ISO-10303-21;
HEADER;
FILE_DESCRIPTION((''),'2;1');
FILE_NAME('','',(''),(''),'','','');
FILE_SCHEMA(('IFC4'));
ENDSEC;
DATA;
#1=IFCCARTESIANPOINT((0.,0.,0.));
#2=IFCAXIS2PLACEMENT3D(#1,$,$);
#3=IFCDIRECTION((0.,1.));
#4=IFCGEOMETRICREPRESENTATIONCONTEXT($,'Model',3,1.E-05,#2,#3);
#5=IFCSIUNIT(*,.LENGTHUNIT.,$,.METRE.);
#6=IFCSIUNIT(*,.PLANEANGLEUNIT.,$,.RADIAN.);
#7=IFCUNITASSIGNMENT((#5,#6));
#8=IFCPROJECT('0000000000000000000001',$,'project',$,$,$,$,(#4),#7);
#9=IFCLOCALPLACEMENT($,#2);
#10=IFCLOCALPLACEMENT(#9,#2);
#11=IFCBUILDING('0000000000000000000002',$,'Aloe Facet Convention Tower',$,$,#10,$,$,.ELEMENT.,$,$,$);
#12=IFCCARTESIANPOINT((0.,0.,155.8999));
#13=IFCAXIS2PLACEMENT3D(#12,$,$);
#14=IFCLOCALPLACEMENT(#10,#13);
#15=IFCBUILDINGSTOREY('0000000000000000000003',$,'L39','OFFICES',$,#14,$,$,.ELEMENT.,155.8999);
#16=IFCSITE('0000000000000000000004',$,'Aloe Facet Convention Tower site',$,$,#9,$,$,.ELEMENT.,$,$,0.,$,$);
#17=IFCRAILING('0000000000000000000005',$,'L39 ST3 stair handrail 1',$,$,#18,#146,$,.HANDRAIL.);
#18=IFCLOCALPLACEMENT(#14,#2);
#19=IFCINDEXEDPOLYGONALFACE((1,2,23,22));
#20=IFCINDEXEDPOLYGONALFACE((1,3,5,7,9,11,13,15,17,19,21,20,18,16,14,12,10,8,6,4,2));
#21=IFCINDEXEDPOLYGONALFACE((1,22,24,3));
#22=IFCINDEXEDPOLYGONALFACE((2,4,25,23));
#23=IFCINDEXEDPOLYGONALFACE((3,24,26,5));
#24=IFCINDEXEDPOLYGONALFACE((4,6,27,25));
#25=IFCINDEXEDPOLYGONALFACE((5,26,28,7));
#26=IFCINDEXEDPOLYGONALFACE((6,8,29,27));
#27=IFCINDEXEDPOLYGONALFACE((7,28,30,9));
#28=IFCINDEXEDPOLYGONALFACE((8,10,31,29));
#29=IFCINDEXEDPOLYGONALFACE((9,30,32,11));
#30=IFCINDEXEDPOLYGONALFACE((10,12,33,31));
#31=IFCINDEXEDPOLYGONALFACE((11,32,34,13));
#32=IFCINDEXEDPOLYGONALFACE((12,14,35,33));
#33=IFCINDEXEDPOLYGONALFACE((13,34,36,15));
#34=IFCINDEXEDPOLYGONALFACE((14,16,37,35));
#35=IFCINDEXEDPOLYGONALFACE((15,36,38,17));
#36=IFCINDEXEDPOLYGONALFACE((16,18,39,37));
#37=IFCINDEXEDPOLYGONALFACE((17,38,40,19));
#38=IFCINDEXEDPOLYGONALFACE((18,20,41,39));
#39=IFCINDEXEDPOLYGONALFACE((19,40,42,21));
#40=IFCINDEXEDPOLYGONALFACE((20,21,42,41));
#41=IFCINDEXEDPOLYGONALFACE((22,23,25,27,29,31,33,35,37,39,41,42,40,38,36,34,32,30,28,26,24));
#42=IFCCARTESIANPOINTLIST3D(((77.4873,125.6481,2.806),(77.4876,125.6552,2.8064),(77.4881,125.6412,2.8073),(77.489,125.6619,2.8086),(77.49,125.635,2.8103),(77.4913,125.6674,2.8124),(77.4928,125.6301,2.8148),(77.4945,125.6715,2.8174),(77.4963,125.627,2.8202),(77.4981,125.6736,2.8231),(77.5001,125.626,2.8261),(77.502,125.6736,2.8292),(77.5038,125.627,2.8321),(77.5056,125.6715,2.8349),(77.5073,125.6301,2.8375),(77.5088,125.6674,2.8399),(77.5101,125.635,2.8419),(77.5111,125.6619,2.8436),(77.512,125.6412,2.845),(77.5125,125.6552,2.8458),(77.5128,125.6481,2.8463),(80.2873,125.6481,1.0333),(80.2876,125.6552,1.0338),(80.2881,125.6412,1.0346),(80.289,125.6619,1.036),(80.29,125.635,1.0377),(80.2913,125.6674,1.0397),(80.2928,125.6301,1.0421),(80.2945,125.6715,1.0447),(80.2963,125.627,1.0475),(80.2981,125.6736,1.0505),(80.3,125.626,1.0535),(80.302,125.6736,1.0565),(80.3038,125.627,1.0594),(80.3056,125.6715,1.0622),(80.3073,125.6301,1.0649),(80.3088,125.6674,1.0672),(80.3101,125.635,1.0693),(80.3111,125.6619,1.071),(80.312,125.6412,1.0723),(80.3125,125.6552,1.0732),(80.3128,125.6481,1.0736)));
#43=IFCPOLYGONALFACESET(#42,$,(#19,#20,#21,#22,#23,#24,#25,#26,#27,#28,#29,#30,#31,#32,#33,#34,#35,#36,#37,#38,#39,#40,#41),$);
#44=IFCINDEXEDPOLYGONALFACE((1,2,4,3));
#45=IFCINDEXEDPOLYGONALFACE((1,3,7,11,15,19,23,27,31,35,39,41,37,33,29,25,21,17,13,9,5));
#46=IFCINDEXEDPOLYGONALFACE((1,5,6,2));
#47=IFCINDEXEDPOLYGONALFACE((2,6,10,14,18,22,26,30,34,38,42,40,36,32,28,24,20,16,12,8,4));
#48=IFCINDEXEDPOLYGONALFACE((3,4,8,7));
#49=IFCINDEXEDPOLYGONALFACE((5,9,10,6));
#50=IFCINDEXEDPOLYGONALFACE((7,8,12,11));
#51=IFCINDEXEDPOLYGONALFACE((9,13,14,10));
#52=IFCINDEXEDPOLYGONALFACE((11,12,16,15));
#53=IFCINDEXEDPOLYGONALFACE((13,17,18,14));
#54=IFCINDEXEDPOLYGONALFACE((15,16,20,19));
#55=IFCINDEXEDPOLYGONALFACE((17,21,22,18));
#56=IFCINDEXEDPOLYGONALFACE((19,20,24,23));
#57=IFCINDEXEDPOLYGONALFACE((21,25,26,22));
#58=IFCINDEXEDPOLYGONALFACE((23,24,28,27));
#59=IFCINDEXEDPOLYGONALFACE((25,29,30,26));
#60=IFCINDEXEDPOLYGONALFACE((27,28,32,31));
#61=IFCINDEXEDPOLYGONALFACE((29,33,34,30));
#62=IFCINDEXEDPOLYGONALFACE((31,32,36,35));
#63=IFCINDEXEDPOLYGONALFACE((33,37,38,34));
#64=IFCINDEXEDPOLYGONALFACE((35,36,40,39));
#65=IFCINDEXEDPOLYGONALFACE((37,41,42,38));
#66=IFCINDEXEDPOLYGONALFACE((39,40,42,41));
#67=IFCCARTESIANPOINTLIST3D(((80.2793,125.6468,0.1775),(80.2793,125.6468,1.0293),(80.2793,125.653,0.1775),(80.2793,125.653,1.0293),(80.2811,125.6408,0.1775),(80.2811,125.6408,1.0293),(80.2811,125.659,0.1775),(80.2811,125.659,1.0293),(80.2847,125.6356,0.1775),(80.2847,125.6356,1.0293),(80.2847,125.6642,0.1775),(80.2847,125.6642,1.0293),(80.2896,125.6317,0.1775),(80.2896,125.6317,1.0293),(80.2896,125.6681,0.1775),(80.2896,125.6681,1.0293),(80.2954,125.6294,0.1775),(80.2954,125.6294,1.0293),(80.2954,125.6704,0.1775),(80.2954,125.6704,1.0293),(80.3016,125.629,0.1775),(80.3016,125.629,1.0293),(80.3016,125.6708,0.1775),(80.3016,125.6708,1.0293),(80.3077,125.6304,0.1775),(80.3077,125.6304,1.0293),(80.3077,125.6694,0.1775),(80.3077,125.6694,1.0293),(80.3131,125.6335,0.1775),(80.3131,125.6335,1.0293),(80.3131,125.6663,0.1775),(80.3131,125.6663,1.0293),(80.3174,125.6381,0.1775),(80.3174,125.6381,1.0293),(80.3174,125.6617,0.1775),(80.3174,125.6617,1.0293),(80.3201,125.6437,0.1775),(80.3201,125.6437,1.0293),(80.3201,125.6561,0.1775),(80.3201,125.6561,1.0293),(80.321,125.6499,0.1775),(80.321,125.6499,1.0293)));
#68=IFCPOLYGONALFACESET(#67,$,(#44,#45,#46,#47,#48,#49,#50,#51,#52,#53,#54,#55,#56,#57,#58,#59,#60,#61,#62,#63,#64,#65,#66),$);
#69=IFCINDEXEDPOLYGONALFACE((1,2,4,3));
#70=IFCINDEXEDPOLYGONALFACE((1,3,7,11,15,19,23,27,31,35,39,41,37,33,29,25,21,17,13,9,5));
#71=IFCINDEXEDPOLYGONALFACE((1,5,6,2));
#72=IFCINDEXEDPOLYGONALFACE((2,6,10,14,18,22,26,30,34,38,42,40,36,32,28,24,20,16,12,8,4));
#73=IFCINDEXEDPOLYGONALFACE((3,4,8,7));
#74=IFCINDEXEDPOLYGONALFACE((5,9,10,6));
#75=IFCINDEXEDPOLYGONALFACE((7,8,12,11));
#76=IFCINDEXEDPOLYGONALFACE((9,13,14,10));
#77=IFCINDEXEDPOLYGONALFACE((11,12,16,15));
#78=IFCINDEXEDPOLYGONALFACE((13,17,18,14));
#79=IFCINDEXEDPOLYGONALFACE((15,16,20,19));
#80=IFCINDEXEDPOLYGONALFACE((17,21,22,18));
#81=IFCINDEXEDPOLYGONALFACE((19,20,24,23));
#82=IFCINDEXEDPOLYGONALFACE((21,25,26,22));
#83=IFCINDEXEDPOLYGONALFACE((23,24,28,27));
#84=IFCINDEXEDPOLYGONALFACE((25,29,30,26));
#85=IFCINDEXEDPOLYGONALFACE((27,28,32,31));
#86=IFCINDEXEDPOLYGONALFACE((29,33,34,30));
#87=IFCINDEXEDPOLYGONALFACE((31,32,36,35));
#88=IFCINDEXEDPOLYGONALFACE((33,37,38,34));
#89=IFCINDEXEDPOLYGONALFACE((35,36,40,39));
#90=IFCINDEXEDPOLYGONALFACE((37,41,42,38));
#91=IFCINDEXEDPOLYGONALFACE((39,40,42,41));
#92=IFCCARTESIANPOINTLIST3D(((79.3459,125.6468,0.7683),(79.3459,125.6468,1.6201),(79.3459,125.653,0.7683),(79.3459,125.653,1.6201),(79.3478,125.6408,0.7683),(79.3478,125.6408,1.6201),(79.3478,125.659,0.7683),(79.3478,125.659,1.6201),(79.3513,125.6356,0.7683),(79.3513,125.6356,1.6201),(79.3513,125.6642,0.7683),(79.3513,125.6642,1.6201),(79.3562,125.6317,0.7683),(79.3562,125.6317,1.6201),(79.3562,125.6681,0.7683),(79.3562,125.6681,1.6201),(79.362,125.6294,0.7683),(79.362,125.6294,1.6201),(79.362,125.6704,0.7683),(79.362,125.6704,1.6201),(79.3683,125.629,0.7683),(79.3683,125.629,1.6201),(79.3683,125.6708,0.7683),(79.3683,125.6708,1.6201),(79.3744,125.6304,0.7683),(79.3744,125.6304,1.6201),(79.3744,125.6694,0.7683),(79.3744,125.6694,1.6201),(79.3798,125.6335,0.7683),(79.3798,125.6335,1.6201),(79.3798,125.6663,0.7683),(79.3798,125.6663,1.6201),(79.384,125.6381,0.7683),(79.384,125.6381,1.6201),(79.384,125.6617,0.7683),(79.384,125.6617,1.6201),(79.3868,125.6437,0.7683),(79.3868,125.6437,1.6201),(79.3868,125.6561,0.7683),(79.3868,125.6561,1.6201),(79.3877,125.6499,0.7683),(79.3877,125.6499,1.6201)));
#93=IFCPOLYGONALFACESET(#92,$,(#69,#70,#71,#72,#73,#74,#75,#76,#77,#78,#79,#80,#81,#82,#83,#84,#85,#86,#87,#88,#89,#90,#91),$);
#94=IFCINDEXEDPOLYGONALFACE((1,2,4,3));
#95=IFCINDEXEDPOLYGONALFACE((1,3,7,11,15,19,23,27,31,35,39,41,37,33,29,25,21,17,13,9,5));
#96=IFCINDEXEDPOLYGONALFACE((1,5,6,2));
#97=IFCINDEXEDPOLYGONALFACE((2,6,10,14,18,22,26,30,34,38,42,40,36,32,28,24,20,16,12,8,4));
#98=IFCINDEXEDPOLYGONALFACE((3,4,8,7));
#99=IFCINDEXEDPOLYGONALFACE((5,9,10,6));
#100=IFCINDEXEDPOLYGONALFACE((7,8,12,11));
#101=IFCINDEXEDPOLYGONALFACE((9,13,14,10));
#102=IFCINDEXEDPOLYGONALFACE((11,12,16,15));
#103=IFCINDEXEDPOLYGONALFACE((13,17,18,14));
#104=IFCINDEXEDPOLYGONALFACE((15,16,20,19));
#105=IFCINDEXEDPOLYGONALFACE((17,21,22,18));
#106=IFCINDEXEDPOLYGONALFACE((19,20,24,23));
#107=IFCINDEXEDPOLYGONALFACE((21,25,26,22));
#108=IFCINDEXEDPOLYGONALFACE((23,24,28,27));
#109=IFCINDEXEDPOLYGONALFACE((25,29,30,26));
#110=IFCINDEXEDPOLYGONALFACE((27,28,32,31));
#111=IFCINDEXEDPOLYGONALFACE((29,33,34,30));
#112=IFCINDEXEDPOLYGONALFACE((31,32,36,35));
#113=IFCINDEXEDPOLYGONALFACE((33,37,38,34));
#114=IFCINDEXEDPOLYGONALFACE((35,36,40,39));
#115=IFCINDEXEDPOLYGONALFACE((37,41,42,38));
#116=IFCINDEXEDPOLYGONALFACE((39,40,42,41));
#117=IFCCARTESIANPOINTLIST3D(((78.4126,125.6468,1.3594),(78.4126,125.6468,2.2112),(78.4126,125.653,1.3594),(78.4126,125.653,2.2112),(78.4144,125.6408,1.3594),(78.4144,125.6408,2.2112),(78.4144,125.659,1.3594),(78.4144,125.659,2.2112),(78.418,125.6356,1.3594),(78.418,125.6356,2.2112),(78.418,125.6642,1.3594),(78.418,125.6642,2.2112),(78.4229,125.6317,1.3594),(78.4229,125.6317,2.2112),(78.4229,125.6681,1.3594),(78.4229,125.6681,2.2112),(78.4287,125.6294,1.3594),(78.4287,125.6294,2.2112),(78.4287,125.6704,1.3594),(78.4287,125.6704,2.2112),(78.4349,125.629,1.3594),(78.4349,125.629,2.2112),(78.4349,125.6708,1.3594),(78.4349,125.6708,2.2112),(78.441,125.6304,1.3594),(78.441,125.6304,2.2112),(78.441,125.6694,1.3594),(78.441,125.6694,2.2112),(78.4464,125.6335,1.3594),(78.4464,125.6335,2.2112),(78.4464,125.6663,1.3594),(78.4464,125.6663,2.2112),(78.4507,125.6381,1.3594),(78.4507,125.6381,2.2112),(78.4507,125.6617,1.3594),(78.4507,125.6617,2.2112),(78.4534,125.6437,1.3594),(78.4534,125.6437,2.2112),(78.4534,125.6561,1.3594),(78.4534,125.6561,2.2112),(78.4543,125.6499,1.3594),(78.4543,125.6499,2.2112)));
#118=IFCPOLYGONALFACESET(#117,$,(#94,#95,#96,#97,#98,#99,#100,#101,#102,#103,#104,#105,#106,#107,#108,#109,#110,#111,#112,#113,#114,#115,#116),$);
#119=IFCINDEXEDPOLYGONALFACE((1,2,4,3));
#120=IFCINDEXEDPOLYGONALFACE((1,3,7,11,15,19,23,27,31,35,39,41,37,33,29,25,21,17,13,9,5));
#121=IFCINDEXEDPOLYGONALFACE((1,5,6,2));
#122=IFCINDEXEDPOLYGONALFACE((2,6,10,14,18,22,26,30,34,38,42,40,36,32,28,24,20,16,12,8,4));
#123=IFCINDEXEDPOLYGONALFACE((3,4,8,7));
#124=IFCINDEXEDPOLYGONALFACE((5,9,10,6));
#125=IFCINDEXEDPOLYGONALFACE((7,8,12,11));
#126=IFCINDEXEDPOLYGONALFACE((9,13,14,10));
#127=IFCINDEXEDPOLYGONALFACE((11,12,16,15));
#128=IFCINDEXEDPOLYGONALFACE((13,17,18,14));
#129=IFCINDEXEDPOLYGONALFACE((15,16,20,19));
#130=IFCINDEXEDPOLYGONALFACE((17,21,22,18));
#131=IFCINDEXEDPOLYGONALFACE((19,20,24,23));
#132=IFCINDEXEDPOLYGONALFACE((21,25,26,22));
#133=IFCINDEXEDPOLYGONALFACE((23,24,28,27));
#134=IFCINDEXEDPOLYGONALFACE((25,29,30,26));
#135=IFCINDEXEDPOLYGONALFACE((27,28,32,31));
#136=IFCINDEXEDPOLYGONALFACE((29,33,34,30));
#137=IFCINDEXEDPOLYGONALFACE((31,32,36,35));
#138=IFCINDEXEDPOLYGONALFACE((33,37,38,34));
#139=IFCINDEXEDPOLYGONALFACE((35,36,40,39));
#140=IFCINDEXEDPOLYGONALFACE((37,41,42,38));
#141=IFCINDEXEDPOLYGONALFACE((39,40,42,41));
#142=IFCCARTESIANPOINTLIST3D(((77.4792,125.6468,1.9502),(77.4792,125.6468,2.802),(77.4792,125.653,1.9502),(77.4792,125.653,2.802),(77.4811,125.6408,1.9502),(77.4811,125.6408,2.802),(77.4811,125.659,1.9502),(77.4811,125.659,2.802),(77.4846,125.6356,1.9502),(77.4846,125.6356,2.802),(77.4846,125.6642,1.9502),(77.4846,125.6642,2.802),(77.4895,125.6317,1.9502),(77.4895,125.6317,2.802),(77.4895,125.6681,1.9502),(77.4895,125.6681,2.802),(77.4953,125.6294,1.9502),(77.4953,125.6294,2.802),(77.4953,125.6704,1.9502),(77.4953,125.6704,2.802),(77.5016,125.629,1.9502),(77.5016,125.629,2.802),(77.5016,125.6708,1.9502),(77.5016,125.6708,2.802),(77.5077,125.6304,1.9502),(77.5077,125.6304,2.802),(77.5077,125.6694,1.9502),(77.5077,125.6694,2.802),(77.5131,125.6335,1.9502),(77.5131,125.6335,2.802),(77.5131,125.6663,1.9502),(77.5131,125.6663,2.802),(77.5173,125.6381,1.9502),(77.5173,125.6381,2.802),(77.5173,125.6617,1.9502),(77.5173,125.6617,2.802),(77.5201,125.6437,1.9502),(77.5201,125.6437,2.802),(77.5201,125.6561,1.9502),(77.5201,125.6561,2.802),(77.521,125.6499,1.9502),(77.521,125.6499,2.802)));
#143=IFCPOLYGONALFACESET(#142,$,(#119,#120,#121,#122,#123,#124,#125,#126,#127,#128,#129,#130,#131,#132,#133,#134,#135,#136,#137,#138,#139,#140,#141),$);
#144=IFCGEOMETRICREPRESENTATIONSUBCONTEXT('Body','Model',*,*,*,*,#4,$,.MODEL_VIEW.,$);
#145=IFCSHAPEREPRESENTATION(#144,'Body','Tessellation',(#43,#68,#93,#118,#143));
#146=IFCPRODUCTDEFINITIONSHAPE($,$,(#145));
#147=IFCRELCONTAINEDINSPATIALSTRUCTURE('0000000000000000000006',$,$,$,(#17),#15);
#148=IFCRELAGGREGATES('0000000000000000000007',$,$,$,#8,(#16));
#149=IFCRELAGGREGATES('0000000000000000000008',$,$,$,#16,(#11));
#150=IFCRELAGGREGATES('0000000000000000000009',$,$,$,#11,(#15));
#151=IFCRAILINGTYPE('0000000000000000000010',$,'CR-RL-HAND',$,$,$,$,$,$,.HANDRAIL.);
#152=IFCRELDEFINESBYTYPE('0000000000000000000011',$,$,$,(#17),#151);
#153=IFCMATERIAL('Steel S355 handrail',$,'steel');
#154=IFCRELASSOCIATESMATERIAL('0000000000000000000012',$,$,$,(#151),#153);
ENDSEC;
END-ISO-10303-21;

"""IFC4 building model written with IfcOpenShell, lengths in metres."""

from ifc_helpers import new_model, si_unit, direction, frame, origin, origin_2d, place, context, subcontext, project, spatial, circle, extrude, material, type_object, element, save


model = new_model("IFC4")

# Units and contexts
model_context = context("Model", 3, precision=1e-05, world=origin(), true_north=direction((0.0, 1.0)))
body_context = subcontext(model_context, "Body", "Model", "MODEL_VIEW")
ifc_project = project(units=[si_unit("LENGTHUNIT", "METRE"), si_unit("PLANEANGLEUNIT", "RADIAN")], contexts=[model_context])

# Site, building, storey
site_placement = place(None, origin())
site = spatial("IfcSite", under=ifc_project, at=site_placement, Name="Aloe Facet Convention Tower site", CompositionType="ELEMENT", RefElevation=0.0)
building_placement = place(site_placement, origin())
building = spatial("IfcBuilding", under=site, at=building_placement, Name="Aloe Facet Convention Tower", CompositionType="ELEMENT")
storey_placement = place(building_placement, frame((0.0, 0.0, 155.8999)))
storey = spatial("IfcBuildingStorey", under=building, at=storey_placement, Name="L39", Description="OFFICES", CompositionType="ELEMENT", Elevation=155.8999)

# Railing
ifc_material_1 = material(Name="Steel S355 handrail", Category="steel")
railing_type_1 = type_object("IfcRailingType", Name="CR-RL-HAND", PredefinedType="HANDRAIL", material=ifc_material_1)
railing_1_placement = place(storey_placement, frame((80.3, 125.6499, 0.1775)))
element("IfcRailing", 1, at=railing_1_placement, inside=storey, type_object=railing_type_1, Name="L39 ST3 stair handrail 1", PredefinedType="HANDRAIL", context=body_context, shape_type="SweptSolid", body=[
    extrude(circle(Radius=0.0239, at=origin_2d()), frame((0.0, 0.0, 0.876), z_axis=(-0.844909, 0.0, 0.53491), x_axis=(0.0, -1.0, 0.0)), (0.0, 0.0, 1.0), 3.314),
    extrude(circle(Radius=0.021, at=origin_2d()), origin(), (0.0, 0.0, 1.0), 0.8518),
    extrude(circle(Radius=0.021, at=origin_2d()), frame((-0.9333, 0.0, 0.5908)), (0.0, 0.0, 1.0), 0.8518),
    extrude(circle(Radius=0.021, at=origin_2d()), frame((-1.8667, 0.0, 1.1819)), (0.0, 0.0, 1.0), 0.8518),
    extrude(circle(Radius=0.021, at=origin_2d()), frame((-2.8, 0.0, 1.7727)), (0.0, 0.0, 1.0), 0.8518),
])

save(model, "model.ifc")
